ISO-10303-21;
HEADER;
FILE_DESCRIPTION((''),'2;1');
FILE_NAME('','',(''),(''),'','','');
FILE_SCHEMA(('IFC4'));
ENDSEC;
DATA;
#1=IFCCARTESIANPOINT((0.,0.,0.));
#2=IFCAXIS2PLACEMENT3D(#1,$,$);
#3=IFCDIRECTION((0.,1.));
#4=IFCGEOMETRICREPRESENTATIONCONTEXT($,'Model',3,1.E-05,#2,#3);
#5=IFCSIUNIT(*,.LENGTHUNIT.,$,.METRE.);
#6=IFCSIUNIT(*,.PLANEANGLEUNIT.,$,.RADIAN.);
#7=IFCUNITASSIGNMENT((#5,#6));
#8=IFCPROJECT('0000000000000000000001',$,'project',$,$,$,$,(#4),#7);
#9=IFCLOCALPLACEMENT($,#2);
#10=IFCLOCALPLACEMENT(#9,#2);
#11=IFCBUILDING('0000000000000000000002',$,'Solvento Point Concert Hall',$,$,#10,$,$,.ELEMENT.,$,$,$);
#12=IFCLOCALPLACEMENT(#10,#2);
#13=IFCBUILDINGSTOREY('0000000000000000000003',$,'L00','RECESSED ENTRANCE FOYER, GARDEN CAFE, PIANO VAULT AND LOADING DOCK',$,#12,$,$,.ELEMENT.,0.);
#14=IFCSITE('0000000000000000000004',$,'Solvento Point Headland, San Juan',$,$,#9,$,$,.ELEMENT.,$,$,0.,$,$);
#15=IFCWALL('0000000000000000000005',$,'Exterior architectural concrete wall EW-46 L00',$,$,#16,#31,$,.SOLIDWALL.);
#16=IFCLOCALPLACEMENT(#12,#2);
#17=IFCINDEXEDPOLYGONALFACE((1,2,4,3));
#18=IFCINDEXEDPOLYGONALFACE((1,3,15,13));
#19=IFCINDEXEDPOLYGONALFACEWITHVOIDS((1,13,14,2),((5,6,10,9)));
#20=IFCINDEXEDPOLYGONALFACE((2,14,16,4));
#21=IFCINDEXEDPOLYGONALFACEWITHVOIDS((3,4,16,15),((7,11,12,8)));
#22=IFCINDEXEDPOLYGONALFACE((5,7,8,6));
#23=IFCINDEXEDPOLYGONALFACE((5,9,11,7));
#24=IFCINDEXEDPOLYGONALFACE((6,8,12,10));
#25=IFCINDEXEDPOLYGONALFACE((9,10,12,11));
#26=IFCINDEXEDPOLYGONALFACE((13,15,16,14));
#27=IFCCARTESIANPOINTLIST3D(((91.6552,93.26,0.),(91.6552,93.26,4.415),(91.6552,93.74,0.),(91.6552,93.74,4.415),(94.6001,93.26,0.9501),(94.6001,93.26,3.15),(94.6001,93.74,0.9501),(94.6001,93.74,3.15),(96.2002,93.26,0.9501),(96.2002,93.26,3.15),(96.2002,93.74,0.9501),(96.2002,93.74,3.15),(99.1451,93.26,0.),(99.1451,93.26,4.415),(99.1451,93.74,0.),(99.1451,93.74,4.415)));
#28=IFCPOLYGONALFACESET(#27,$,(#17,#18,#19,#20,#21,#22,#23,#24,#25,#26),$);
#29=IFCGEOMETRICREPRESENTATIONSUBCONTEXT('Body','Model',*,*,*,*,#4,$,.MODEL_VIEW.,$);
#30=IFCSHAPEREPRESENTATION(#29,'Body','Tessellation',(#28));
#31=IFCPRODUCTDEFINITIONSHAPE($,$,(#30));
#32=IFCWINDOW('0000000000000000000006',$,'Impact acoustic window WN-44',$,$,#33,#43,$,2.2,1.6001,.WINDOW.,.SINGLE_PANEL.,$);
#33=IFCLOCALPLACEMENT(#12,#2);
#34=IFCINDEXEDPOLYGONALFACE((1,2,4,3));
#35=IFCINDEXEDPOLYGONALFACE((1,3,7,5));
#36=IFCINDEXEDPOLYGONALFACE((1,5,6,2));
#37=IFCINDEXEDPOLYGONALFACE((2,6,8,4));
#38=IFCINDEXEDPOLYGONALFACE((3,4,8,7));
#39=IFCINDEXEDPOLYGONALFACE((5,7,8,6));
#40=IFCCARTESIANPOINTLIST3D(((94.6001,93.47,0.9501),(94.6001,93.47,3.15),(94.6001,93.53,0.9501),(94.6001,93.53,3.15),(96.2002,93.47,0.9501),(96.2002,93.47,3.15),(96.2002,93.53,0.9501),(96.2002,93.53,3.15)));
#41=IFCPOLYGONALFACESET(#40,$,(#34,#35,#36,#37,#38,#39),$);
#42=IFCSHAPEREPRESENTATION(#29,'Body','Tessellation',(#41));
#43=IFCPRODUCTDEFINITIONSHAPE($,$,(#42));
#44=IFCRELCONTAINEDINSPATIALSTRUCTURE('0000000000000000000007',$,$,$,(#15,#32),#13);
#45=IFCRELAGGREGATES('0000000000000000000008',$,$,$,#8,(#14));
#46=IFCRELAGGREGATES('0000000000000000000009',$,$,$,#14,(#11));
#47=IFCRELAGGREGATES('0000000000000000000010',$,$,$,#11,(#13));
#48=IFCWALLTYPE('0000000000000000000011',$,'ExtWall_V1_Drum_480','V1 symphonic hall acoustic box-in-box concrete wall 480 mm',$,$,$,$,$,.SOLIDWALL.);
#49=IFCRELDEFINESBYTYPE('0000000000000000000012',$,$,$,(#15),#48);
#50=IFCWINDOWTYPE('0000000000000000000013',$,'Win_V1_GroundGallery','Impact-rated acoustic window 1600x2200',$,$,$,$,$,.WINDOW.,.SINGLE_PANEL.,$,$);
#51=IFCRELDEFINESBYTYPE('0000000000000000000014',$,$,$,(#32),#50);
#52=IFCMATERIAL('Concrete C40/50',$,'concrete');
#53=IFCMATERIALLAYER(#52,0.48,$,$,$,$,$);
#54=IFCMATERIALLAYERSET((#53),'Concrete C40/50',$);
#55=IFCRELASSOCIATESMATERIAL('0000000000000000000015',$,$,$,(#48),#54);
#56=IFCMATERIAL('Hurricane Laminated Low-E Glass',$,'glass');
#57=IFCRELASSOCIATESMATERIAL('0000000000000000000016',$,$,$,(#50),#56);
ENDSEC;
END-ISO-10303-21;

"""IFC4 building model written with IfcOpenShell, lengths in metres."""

from ifc_helpers import new_model, si_unit, direction, frame, frame_2d, origin, place, context, subcontext, project, spatial, rectangle, extrude, material, layer, layer_set, type_object, element, fill, save


model = new_model("IFC4")

# Units and contexts
model_context = context("Model", 3, precision=1e-05, world=origin(), true_north=direction((0.0, 1.0)))
body_context = subcontext(model_context, "Body", "Model", "MODEL_VIEW")
ifc_project = project(units=[si_unit("LENGTHUNIT", "METRE"), si_unit("PLANEANGLEUNIT", "RADIAN")], contexts=[model_context])

# Site, building, storey
site_placement = place(None, origin())
site = spatial("IfcSite", under=ifc_project, at=site_placement, Name="Solvento Point Headland, San Juan", CompositionType="ELEMENT", RefElevation=0.0)
building_placement = place(site_placement, origin())
building = spatial("IfcBuilding", under=site, at=building_placement, Name="Solvento Point Concert Hall", CompositionType="ELEMENT")
storey_placement = place(building_placement, origin())
storey = spatial("IfcBuildingStorey", under=building, at=storey_placement, Name="L00", Description="RECESSED ENTRANCE FOYER, GARDEN CAFE, PIANO VAULT AND LOADING DOCK", CompositionType="ELEMENT", Elevation=0.0)

# Shared definitions
ifc_material_1 = material(Name="Concrete C40/50", Category="concrete")
ifc_layer = layer(ifc_material_1, 0.48)
ifc_layer_set = layer_set([ifc_layer], Name="Concrete C40/50")
wall_type = type_object("IfcWallType", Name="ExtWall_V1_Drum_480", Description="V1 symphonic hall acoustic box-in-box concrete wall 480 mm", PredefinedType="SOLIDWALL", material=ifc_layer_set)

# Wall, opening, window
wall_1_placement = place(storey_placement, frame((91.655, 93.5, 0.0), z_axis=(0.0, 0.0, 1.0), x_axis=(1.0, 0.0, 0.0)))
wall_1 = element("IfcWall", 1, at=wall_1_placement, inside=storey, type_object=wall_type, Name="Exterior architectural concrete wall EW-46 L00", PredefinedType="SOLIDWALL", context=body_context, shape_type="SweptSolid", body=[
    extrude(rectangle(XDim=7.49, YDim=0.48, at=frame_2d((3.7451, 0.0))), origin(), (0.0, 0.0, 1.0), 4.415),
])
opening_1_placement = place(wall_1_placement, frame((2.9451, 0.0, 0.95)))
opening_1 = element("IfcOpeningElement", 2, at=opening_1_placement, cuts=wall_1, PredefinedType="OPENING", context=body_context, shape_type="SweptSolid", body=[
    extrude(rectangle(XDim=1.6001, YDim=2.2, at=frame_2d((0.8, 1.1001))), frame((0.0, 0.25, 0.0), z_axis=(0.0, -1.0, 0.0), x_axis=(1.0, 0.0, 0.0)), (0.0, 0.0, 1.0), 0.5),
])
ifc_material_2 = material(Name="Hurricane Laminated Low-E Glass", Category="glass")
window_type = type_object("IfcWindowType", Name="Win_V1_GroundGallery", Description="Impact-rated acoustic window 1600x2200", PartitioningType="SINGLE_PANEL", PredefinedType="WINDOW", material=ifc_material_2)
window_placement = place(opening_1_placement, origin())
window = element("IfcWindow", 3, at=window_placement, inside=storey, type_object=window_type, Name="Impact acoustic window WN-44", OverallHeight=2.2, OverallWidth=1.6001, PartitioningType="SINGLE_PANEL", PredefinedType="WINDOW", context=body_context, shape_type="SweptSolid", body=[
    extrude(rectangle(XDim=1.6001, YDim=2.2, at=frame_2d((0.8, 1.1001))), frame((0.0, 0.03, 0.0), z_axis=(0.0, -1.0, 0.0), x_axis=(1.0, 0.0, 0.0)), (0.0, 0.0, 1.0), 0.0601),
])
fill(opening_1, window)

save(model, "model.ifc")
